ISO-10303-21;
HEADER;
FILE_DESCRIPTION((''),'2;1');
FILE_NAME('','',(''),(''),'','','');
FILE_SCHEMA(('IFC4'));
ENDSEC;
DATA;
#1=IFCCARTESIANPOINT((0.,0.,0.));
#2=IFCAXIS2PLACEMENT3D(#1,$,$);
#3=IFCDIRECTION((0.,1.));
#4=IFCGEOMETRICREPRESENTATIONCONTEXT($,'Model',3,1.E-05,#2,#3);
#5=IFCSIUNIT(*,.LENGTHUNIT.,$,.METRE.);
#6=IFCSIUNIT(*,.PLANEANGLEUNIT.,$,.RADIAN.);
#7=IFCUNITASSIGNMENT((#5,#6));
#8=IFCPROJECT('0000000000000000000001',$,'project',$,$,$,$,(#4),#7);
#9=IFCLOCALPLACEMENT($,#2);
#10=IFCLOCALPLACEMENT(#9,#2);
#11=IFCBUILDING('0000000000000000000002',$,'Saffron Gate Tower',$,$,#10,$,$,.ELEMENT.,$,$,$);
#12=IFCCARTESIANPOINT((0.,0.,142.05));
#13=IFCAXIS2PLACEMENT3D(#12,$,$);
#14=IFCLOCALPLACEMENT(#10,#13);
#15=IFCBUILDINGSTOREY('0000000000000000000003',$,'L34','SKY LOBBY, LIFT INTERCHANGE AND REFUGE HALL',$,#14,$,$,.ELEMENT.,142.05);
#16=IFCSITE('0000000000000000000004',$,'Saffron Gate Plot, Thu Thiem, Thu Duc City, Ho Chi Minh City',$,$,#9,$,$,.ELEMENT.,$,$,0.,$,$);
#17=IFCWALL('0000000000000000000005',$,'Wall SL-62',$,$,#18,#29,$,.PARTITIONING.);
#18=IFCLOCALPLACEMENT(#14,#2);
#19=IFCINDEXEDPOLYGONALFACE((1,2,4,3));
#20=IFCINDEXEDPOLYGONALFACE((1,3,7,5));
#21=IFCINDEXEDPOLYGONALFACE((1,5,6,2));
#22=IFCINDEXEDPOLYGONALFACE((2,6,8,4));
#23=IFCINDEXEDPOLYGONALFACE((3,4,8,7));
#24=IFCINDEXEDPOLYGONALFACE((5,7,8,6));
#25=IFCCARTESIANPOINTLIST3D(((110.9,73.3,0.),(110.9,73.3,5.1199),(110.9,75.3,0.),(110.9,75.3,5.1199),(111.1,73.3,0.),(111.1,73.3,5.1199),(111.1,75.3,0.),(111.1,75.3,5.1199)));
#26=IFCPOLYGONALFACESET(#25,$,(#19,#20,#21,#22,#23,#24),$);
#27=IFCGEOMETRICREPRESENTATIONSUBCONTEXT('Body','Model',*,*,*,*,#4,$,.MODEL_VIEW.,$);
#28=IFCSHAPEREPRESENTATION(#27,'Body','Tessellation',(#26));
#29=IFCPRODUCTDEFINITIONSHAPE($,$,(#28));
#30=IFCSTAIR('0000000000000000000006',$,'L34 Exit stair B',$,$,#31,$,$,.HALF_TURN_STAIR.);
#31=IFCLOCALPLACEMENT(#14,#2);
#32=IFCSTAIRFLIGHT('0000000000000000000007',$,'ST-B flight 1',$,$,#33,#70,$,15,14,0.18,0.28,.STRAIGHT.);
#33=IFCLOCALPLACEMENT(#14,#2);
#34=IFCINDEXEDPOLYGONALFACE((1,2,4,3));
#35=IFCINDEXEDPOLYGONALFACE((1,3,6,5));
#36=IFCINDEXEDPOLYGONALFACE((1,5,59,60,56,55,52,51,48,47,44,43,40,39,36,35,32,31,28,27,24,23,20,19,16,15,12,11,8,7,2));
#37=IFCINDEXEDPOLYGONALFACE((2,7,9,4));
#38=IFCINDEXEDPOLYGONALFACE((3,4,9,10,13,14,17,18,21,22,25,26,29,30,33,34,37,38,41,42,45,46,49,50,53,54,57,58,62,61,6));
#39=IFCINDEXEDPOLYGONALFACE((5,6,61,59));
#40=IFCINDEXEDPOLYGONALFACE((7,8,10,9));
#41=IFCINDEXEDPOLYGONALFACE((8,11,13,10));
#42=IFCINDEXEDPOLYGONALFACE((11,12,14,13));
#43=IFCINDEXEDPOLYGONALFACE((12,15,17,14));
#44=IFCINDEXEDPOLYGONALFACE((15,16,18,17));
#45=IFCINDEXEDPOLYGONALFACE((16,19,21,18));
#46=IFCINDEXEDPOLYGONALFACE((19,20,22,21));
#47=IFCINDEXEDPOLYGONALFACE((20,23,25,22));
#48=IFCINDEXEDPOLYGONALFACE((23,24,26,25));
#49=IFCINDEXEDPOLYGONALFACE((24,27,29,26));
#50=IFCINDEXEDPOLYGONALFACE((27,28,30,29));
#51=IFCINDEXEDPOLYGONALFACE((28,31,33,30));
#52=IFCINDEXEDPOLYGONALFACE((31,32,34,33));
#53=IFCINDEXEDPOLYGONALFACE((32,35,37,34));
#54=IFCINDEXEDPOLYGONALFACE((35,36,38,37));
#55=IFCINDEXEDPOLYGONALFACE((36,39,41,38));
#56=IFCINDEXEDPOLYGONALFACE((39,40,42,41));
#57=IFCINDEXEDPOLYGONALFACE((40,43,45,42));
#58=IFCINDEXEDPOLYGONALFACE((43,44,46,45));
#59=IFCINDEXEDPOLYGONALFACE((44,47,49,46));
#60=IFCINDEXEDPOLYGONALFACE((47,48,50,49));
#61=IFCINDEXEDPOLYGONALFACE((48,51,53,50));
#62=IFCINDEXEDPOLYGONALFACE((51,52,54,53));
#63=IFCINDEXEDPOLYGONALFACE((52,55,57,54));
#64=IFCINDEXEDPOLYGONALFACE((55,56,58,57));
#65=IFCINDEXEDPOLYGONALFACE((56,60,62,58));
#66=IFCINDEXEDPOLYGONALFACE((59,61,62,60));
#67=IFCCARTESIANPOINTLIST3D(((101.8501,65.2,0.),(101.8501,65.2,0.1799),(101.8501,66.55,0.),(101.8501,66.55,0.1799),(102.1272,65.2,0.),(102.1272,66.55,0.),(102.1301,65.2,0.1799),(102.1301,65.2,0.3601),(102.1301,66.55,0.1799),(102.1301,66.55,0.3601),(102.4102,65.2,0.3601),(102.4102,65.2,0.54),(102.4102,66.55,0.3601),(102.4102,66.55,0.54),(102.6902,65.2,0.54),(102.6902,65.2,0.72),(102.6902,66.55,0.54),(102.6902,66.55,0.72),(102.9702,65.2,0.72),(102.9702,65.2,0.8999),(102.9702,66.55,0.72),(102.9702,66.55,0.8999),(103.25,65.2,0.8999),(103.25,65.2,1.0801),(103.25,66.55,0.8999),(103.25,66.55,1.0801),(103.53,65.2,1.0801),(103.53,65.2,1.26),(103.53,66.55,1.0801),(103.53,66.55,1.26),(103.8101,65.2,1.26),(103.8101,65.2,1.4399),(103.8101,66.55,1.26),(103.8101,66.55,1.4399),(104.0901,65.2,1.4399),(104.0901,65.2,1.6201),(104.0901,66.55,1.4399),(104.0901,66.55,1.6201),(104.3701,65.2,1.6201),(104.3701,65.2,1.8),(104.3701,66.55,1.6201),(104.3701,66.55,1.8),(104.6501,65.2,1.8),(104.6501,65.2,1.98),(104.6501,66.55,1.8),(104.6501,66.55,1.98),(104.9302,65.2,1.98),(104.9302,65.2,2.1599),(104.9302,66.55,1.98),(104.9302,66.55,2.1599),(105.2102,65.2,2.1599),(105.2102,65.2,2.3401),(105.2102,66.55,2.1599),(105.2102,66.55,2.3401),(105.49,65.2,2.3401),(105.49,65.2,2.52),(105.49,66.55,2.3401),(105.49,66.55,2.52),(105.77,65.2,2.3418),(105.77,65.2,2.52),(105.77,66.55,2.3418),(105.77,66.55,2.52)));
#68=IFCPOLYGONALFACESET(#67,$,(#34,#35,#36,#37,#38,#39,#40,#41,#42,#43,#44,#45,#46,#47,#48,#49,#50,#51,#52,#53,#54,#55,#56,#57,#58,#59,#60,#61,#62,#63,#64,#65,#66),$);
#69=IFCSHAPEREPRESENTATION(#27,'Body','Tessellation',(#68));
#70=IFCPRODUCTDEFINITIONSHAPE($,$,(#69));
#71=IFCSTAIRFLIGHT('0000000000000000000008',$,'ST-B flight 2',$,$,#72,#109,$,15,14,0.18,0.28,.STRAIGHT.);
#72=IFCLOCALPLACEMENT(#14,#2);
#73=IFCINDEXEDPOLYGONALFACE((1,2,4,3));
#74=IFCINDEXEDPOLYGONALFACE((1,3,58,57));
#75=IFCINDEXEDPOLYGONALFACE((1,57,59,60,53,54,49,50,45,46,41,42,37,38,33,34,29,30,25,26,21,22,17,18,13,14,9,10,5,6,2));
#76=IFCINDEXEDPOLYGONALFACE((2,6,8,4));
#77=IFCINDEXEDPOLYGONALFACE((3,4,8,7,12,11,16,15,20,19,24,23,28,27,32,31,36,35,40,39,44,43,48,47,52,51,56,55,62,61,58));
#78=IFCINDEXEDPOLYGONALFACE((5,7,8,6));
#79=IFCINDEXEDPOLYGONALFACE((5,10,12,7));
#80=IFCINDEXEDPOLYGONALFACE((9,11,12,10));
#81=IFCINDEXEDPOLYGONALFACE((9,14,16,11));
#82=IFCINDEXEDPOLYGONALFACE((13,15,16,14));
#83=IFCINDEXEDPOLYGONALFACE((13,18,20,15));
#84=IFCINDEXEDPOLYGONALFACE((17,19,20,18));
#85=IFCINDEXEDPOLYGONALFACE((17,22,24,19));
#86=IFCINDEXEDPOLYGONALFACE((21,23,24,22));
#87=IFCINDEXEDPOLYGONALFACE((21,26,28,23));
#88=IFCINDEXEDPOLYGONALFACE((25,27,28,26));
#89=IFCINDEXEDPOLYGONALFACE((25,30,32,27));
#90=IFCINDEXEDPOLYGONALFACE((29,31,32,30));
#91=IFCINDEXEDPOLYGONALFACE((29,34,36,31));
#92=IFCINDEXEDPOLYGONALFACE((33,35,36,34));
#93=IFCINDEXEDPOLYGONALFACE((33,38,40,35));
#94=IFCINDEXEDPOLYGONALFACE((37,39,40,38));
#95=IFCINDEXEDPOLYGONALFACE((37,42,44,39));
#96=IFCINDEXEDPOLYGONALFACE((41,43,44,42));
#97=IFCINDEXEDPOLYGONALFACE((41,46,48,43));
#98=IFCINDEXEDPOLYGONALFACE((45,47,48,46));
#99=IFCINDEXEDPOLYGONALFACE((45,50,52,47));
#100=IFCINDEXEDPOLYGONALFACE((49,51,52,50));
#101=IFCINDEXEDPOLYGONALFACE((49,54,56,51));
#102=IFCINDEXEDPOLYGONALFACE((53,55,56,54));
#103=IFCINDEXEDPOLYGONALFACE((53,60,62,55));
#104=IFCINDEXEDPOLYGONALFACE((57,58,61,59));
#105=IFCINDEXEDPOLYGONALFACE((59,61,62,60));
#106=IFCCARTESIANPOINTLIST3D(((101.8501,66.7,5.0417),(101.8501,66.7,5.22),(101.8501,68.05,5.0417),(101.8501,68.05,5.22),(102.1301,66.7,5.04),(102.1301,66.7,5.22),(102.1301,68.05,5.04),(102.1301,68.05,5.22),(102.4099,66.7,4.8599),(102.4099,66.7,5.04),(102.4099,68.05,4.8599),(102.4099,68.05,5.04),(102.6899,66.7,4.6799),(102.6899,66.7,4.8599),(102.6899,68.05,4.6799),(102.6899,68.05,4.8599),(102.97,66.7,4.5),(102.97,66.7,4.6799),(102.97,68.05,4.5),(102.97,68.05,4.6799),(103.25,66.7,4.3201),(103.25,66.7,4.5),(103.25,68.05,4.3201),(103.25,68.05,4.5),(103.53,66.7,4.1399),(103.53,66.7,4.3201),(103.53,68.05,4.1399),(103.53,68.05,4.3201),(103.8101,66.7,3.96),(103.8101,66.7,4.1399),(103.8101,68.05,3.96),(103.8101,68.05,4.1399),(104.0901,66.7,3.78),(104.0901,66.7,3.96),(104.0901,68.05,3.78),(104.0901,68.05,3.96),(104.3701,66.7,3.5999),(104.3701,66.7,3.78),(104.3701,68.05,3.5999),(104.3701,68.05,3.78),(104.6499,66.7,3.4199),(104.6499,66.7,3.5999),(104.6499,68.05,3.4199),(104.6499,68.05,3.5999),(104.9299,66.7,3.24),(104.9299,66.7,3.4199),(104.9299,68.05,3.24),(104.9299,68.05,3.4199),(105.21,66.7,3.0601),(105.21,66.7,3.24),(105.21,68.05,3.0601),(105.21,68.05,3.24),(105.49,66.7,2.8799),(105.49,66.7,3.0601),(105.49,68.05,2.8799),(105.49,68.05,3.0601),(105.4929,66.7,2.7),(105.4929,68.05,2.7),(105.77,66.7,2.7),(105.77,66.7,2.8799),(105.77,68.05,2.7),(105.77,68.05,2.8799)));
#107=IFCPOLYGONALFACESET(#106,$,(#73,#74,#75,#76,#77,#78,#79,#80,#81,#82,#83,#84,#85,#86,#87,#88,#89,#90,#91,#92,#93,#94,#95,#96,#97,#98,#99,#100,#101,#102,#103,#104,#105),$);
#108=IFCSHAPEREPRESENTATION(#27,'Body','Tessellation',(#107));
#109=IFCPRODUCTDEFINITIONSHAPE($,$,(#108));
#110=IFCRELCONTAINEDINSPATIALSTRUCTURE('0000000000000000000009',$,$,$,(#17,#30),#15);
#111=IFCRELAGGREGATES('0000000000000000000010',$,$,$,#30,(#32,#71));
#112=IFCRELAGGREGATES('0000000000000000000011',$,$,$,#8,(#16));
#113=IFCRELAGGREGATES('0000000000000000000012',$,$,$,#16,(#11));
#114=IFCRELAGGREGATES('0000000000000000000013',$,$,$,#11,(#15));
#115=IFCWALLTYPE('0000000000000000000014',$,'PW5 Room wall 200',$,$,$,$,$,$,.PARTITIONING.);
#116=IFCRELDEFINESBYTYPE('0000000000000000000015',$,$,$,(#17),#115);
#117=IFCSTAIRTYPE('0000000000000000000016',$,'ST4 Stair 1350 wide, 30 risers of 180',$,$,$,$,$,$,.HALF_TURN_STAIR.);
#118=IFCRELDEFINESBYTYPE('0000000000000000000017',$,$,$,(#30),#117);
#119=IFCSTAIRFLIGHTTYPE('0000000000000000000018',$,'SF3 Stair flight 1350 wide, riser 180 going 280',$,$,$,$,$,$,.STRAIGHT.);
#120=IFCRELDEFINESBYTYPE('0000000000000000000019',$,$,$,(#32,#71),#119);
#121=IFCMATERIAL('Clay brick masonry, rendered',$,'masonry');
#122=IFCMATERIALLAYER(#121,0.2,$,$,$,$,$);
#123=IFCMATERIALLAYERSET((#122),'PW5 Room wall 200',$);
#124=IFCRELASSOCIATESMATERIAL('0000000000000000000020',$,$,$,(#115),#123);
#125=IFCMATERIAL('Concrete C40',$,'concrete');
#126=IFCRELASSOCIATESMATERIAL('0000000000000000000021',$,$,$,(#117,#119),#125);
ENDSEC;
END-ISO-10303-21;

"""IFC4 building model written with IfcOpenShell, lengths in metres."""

from ifc_helpers import new_model, si_unit, direction, frame, frame_2d, origin, place, context, subcontext, project, spatial, polyline, rectangle, outline, extrude, material, layer, layer_set, type_object, element, aggregate, save


model = new_model("IFC4")

# Units and contexts
model_context = context("Model", 3, precision=1e-05, world=origin(), true_north=direction((0.0, 1.0)))
body_context = subcontext(model_context, "Body", "Model", "MODEL_VIEW")
ifc_project = project(units=[si_unit("LENGTHUNIT", "METRE"), si_unit("PLANEANGLEUNIT", "RADIAN")], contexts=[model_context])

# Site, building, storey
site_placement = place(None, origin())
site = spatial("IfcSite", under=ifc_project, at=site_placement, Name="Saffron Gate Plot, Thu Thiem, Thu Duc City, Ho Chi Minh City", CompositionType="ELEMENT", RefElevation=0.0)
building_placement = place(site_placement, origin())
building = spatial("IfcBuilding", under=site, at=building_placement, Name="Saffron Gate Tower", CompositionType="ELEMENT")
storey_placement = place(building_placement, frame((0.0, 0.0, 142.05)))
storey = spatial("IfcBuildingStorey", under=building, at=storey_placement, Name="L34", Description="SKY LOBBY, LIFT INTERCHANGE AND REFUGE HALL", CompositionType="ELEMENT", Elevation=142.05)

# Shared definitions
ifc_material_1 = material(Name="Clay brick masonry, rendered", Category="masonry")

# Wall
ifc_layer_1 = layer(ifc_material_1, 0.2)
ifc_layer_set_1 = layer_set([ifc_layer_1], Name="PW5 Room wall 200")
wall_type_1 = type_object("IfcWallType", Name="PW5 Room wall 200", PredefinedType="PARTITIONING", material=ifc_layer_set_1)
wall_1_placement = place(storey_placement, frame((111.0, 75.3, 0.0), z_axis=(0.0, 0.0, 1.0), x_axis=(0.0, -1.0, 0.0)))
element("IfcWall", 1, at=wall_1_placement, inside=storey, type_object=wall_type_1, Name="Wall SL-62", PredefinedType="PARTITIONING", context=body_context, shape_type="SweptSolid", body=[
    extrude(rectangle(XDim=2.0, YDim=0.2, at=frame_2d((1.0, 0.0))), origin(), (0.0, 0.0, 1.0), 5.1199),
])

# Stair, stair flights
ifc_material_2 = material(Name="Concrete C40", Category="concrete")
stair_type = type_object("IfcStairType", Name="ST4 Stair 1350 wide, 30 risers of 180", PredefinedType="HALF_TURN_STAIR", material=ifc_material_2)
stair_placement = place(storey_placement, origin())
stair = element("IfcStair", 2, at=stair_placement, inside=storey, type_object=stair_type, Name="L34 Exit stair B", PredefinedType="HALF_TURN_STAIR")
stair_flight_type = type_object("IfcStairFlightType", Name="SF3 Stair flight 1350 wide, riser 180 going 280", PredefinedType="STRAIGHT", material=ifc_material_2)
stair_flight_1_placement = place(storey_placement, frame((101.8501, 65.875, 0.0), z_axis=(0.0, 0.0, 1.0), x_axis=(1.0, 0.0, 0.0)))
stair_flight_1 = element("IfcStairFlight", 3, at=stair_flight_1_placement, type_object=stair_flight_type, Name="ST-B flight 1", NumberOfRisers=15, NumberOfTreads=14, PredefinedType="STRAIGHT", RiserHeight=0.18, TreadLength=0.28, context=body_context, shape_type="SweptSolid", body=[
    extrude(outline(polyline([(0.0, 0.0), (0.0, 0.1799), (0.28, 0.1799), (0.28, 0.3601), (0.5601, 0.3601), (0.5601, 0.54), (0.8401, 0.54), (0.8401, 0.72), (1.1201, 0.72), (1.1201, 0.8999), (1.3999, 0.8999), (1.3999, 1.0801), (1.6799, 1.0801), (1.6799, 1.26), (1.96, 1.26), (1.96, 1.4399), (2.24, 1.4399), (2.24, 1.6201), (2.52, 1.6201), (2.52, 1.8), (2.8, 1.8), (2.8, 1.98), (3.0801, 1.98), (3.0801, 2.1599), (3.3601, 2.1599), (3.3601, 2.3401), (3.6399, 2.3401), (3.6399, 2.52), (3.9199, 2.52), (3.9199, 2.7), (3.9199, 2.3418), (0.2771, 0.0), (0.0, 0.0)])), frame((0.0, 0.675, 0.0), z_axis=(0.0, -1.0, 0.0), x_axis=(1.0, 0.0, 0.0)), (0.0, 0.0, 1.0), 1.3501),
])
stair_flight_2_placement = place(storey_placement, frame((105.77, 67.375, 2.7), z_axis=(0.0, 0.0, 1.0), x_axis=(-1.0, 0.0, 0.0)))
stair_flight_2 = element("IfcStairFlight", 4, at=stair_flight_2_placement, type_object=stair_flight_type, Name="ST-B flight 2", NumberOfRisers=15, NumberOfTreads=14, PredefinedType="STRAIGHT", RiserHeight=0.18, TreadLength=0.28, context=body_context, shape_type="SweptSolid", body=[
    extrude(outline(polyline([(0.0, 0.0), (0.0, 0.1799), (0.28, 0.1799), (0.28, 0.3601), (0.5601, 0.3601), (0.5601, 0.54), (0.8401, 0.54), (0.8401, 0.72), (1.1201, 0.72), (1.1201, 0.8999), (1.3999, 0.8999), (1.3999, 1.0801), (1.6799, 1.0801), (1.6799, 1.26), (1.96, 1.26), (1.96, 1.4399), (2.24, 1.4399), (2.24, 1.6201), (2.52, 1.6201), (2.52, 1.8), (2.8, 1.8), (2.8, 1.98), (3.0801, 1.98), (3.0801, 2.1599), (3.3601, 2.1599), (3.3601, 2.3401), (3.6399, 2.3401), (3.6399, 2.52), (3.9199, 2.52), (3.9199, 2.7), (3.9199, 2.3418), (0.2771, 0.0), (0.0, 0.0)])), frame((0.0, 0.675, 0.0), z_axis=(0.0, -1.0, 0.0), x_axis=(1.0, 0.0, 0.0)), (0.0, 0.0, 1.0), 1.3501),
])
aggregate(stair, [stair_flight_1, stair_flight_2])

save(model, "model.ifc")
